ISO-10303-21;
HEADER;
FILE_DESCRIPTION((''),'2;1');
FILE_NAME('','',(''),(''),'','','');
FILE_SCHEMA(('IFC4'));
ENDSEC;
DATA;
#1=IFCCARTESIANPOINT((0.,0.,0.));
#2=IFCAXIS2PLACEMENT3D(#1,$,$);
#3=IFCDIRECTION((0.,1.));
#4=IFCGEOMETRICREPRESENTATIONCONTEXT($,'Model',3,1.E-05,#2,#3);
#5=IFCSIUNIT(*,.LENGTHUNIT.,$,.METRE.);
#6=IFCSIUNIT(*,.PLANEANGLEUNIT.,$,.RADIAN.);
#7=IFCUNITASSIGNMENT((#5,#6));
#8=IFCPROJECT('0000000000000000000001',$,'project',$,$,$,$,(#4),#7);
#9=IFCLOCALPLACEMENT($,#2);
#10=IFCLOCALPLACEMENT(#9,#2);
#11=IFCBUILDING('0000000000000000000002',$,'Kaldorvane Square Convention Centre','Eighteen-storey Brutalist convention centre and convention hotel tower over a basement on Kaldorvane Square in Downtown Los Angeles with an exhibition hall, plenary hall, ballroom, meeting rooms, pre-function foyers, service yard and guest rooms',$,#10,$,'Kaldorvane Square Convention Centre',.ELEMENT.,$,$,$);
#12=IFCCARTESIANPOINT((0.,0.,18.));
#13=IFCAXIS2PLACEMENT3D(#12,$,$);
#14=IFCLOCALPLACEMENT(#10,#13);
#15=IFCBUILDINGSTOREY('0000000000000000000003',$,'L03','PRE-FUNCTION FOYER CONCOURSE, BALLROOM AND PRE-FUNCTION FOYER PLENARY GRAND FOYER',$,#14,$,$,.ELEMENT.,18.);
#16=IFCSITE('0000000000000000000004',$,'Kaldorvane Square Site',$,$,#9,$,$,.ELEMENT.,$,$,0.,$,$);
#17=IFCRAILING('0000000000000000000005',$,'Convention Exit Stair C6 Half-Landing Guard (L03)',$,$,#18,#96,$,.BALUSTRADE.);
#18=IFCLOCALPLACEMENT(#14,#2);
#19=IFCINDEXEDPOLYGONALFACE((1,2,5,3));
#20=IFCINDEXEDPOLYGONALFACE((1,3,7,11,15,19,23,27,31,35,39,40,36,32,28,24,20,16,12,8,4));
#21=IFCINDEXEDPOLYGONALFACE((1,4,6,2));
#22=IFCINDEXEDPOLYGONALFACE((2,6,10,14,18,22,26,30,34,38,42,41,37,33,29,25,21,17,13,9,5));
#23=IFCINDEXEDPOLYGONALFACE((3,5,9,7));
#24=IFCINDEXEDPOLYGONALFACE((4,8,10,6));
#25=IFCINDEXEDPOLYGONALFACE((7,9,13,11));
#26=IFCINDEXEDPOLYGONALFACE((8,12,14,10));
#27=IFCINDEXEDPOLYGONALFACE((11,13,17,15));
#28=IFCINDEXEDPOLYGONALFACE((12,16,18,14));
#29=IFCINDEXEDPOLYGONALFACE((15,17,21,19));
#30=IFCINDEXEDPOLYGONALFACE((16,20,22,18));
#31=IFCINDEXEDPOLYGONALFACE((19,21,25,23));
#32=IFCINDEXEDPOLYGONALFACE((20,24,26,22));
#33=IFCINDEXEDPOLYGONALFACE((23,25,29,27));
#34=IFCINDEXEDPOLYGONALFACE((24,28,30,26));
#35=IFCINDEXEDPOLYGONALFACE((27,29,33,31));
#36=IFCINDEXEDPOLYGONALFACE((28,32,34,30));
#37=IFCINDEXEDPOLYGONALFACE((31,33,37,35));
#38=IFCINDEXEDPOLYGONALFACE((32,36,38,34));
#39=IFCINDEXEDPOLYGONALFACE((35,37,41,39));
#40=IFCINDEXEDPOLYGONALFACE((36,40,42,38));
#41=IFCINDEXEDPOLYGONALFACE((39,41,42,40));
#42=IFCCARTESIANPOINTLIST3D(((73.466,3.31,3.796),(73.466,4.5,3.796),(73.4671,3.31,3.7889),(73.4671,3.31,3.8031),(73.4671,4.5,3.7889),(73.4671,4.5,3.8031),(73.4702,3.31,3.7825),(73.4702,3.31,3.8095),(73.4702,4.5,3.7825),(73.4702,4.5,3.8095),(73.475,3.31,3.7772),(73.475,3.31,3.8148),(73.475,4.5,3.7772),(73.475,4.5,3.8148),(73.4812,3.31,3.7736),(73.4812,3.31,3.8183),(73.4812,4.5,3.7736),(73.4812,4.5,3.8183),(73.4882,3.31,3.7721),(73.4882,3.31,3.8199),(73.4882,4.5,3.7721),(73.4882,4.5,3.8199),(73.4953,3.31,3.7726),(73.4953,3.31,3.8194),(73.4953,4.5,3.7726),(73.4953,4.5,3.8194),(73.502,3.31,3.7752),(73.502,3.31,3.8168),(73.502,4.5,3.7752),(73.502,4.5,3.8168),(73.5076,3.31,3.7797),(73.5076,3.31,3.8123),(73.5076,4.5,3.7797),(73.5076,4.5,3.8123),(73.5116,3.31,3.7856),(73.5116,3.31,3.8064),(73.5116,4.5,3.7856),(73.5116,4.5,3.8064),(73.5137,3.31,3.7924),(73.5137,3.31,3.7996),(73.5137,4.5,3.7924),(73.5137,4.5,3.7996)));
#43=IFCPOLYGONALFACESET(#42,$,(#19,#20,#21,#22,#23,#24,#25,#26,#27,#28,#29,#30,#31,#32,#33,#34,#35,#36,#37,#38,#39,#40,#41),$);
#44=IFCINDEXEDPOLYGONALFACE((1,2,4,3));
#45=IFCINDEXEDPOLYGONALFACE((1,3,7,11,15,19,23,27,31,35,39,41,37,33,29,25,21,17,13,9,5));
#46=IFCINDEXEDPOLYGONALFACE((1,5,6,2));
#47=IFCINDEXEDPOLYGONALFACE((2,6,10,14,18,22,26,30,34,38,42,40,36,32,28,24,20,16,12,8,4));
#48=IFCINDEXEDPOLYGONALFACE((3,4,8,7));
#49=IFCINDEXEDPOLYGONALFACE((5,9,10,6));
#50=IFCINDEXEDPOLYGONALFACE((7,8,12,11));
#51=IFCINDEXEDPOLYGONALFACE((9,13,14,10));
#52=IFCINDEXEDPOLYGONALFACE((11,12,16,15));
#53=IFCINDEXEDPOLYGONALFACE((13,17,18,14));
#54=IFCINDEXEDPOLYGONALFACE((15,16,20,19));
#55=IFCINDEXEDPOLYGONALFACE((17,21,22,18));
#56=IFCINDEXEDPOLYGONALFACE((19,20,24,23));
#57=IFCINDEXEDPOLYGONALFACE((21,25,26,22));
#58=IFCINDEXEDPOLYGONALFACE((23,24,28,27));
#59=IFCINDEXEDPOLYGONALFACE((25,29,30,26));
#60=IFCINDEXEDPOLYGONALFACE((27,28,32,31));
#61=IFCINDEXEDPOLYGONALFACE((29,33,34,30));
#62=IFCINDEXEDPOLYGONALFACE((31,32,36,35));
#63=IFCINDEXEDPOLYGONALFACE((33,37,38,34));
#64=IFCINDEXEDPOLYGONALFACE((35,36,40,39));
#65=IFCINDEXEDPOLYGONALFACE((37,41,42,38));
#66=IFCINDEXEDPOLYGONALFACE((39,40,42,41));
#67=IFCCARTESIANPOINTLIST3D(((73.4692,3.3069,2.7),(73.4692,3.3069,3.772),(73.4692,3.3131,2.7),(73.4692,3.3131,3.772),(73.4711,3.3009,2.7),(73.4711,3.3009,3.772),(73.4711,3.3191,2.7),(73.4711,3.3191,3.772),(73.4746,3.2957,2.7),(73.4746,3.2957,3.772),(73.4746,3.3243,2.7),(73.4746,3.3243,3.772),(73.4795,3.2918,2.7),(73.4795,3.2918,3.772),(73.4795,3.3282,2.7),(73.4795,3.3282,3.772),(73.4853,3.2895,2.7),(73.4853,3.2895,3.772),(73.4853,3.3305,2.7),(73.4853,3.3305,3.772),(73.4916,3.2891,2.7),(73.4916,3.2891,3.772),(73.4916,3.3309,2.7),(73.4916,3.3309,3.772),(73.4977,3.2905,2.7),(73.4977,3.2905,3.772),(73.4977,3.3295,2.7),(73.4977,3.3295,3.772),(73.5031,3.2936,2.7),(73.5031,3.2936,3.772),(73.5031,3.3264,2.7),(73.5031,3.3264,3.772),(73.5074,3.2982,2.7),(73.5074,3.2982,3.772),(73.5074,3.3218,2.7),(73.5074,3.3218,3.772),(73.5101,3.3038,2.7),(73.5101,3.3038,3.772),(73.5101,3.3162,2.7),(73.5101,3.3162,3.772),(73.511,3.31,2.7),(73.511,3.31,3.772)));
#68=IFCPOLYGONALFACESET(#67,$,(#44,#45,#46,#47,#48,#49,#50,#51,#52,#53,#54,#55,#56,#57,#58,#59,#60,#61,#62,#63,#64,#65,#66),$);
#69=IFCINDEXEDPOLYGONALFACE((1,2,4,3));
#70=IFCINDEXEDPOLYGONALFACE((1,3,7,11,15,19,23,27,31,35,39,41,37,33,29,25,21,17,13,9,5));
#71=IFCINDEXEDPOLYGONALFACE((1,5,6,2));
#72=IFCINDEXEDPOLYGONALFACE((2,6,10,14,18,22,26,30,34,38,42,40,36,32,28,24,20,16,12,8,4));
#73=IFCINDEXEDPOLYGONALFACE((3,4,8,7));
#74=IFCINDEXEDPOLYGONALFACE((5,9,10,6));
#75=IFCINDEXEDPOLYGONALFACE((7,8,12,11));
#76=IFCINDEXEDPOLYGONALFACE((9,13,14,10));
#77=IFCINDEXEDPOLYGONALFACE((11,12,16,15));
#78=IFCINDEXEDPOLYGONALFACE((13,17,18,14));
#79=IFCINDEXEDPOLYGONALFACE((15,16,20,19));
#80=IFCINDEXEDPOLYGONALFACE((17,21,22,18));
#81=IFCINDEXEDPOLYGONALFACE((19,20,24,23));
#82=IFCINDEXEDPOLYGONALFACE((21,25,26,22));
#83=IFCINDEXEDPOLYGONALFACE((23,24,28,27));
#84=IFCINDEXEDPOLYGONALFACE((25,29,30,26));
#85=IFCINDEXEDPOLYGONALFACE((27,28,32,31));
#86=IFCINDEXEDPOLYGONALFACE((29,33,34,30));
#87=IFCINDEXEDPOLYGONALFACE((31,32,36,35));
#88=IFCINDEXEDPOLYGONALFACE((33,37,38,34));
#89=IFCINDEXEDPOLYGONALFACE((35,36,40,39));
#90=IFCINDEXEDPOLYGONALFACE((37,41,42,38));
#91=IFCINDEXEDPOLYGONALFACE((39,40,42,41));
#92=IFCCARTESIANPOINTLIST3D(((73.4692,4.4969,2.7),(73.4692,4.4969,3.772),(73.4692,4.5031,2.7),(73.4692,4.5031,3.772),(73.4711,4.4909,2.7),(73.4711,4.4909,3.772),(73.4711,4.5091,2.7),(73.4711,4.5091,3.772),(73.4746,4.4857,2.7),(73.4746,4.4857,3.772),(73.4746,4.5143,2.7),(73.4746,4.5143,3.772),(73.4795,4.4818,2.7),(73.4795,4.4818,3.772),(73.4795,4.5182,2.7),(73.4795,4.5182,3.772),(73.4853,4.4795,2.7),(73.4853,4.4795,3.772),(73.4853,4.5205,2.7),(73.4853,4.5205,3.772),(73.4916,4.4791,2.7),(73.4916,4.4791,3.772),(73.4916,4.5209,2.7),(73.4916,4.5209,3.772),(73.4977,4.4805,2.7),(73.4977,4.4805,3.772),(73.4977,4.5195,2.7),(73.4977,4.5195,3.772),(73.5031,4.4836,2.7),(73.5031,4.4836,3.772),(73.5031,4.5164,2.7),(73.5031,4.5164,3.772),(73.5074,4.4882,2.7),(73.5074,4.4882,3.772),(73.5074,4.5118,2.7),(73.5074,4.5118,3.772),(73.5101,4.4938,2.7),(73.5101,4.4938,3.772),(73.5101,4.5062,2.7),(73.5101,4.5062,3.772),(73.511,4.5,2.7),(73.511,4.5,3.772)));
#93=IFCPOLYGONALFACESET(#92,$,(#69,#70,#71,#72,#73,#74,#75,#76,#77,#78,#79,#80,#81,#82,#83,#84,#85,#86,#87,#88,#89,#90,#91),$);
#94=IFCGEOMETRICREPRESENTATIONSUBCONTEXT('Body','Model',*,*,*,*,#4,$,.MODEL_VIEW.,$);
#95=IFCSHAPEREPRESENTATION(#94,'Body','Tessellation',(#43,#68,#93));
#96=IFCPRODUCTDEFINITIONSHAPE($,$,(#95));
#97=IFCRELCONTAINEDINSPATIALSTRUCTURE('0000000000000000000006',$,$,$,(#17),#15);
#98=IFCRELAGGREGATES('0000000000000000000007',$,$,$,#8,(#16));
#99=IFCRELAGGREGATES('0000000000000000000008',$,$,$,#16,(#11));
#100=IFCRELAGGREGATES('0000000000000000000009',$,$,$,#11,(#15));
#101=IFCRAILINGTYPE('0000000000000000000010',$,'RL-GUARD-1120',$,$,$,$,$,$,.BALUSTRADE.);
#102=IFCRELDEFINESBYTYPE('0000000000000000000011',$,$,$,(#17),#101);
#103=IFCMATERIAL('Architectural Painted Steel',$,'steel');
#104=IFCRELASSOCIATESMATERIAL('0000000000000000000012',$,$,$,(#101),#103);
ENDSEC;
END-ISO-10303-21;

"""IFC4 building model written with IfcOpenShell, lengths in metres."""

from ifc_helpers import new_model, si_unit, direction, frame, origin, origin_2d, place, context, subcontext, project, spatial, circle, extrude, material, type_object, element, save


model = new_model("IFC4")

# Units and contexts
model_context = context("Model", 3, precision=1e-05, world=origin(), true_north=direction((0.0, 1.0)))
body_context = subcontext(model_context, "Body", "Model", "MODEL_VIEW")
ifc_project = project(units=[si_unit("LENGTHUNIT", "METRE"), si_unit("PLANEANGLEUNIT", "RADIAN")], contexts=[model_context])

# Site, building, storey
site_placement = place(None, origin())
site = spatial("IfcSite", under=ifc_project, at=site_placement, Name="Kaldorvane Square Site", CompositionType="ELEMENT", RefElevation=0.0)
building_placement = place(site_placement, origin())
building = spatial("IfcBuilding", under=site, at=building_placement, Name="Kaldorvane Square Convention Centre", Description="Eighteen-storey Brutalist convention centre and convention hotel tower over a basement on Kaldorvane Square in Downtown Los Angeles with an exhibition hall, plenary hall, ballroom, meeting rooms, pre-function foyers, service yard and guest rooms", LongName="Kaldorvane Square Convention Centre", CompositionType="ELEMENT")
storey_placement = place(building_placement, frame((0.0, 0.0, 18.0)))
storey = spatial("IfcBuildingStorey", under=building, at=storey_placement, Name="L03", Description="PRE-FUNCTION FOYER CONCOURSE, BALLROOM AND PRE-FUNCTION FOYER PLENARY GRAND FOYER", CompositionType="ELEMENT", Elevation=18.0)

# Railing
ifc_material_1 = material(Name="Architectural Painted Steel", Category="steel")
railing_type_1 = type_object("IfcRailingType", Name="RL-GUARD-1120", PredefinedType="BALUSTRADE", material=ifc_material_1)
for number, where, name in (
    (1, (73.49, 3.31, 2.7), "Convention Exit Stair C6 Half-Landing Guard (L03)"),
):
    element("IfcRailing", number, at=place(storey_placement, frame(where)), inside=storey, type_object=railing_type_1, Name=name, PredefinedType="BALUSTRADE", context=body_context, shape_type="SweptSolid", body=[
        extrude(circle(Radius=0.024, at=origin_2d()), frame((0.0, 0.0, 1.096), z_axis=(0.0, 1.0, 0.0), x_axis=(-1.0, 0.0, 0.0)), (0.0, 0.0, 1.0), 1.19),
        extrude(circle(Radius=0.021, at=origin_2d()), origin(), (0.0, 0.0, 1.0), 1.072),
        extrude(circle(Radius=0.021, at=origin_2d()), frame((0.0, 1.19, 0.0)), (0.0, 0.0, 1.0), 1.072),
    ])

save(model, "model.ifc")
